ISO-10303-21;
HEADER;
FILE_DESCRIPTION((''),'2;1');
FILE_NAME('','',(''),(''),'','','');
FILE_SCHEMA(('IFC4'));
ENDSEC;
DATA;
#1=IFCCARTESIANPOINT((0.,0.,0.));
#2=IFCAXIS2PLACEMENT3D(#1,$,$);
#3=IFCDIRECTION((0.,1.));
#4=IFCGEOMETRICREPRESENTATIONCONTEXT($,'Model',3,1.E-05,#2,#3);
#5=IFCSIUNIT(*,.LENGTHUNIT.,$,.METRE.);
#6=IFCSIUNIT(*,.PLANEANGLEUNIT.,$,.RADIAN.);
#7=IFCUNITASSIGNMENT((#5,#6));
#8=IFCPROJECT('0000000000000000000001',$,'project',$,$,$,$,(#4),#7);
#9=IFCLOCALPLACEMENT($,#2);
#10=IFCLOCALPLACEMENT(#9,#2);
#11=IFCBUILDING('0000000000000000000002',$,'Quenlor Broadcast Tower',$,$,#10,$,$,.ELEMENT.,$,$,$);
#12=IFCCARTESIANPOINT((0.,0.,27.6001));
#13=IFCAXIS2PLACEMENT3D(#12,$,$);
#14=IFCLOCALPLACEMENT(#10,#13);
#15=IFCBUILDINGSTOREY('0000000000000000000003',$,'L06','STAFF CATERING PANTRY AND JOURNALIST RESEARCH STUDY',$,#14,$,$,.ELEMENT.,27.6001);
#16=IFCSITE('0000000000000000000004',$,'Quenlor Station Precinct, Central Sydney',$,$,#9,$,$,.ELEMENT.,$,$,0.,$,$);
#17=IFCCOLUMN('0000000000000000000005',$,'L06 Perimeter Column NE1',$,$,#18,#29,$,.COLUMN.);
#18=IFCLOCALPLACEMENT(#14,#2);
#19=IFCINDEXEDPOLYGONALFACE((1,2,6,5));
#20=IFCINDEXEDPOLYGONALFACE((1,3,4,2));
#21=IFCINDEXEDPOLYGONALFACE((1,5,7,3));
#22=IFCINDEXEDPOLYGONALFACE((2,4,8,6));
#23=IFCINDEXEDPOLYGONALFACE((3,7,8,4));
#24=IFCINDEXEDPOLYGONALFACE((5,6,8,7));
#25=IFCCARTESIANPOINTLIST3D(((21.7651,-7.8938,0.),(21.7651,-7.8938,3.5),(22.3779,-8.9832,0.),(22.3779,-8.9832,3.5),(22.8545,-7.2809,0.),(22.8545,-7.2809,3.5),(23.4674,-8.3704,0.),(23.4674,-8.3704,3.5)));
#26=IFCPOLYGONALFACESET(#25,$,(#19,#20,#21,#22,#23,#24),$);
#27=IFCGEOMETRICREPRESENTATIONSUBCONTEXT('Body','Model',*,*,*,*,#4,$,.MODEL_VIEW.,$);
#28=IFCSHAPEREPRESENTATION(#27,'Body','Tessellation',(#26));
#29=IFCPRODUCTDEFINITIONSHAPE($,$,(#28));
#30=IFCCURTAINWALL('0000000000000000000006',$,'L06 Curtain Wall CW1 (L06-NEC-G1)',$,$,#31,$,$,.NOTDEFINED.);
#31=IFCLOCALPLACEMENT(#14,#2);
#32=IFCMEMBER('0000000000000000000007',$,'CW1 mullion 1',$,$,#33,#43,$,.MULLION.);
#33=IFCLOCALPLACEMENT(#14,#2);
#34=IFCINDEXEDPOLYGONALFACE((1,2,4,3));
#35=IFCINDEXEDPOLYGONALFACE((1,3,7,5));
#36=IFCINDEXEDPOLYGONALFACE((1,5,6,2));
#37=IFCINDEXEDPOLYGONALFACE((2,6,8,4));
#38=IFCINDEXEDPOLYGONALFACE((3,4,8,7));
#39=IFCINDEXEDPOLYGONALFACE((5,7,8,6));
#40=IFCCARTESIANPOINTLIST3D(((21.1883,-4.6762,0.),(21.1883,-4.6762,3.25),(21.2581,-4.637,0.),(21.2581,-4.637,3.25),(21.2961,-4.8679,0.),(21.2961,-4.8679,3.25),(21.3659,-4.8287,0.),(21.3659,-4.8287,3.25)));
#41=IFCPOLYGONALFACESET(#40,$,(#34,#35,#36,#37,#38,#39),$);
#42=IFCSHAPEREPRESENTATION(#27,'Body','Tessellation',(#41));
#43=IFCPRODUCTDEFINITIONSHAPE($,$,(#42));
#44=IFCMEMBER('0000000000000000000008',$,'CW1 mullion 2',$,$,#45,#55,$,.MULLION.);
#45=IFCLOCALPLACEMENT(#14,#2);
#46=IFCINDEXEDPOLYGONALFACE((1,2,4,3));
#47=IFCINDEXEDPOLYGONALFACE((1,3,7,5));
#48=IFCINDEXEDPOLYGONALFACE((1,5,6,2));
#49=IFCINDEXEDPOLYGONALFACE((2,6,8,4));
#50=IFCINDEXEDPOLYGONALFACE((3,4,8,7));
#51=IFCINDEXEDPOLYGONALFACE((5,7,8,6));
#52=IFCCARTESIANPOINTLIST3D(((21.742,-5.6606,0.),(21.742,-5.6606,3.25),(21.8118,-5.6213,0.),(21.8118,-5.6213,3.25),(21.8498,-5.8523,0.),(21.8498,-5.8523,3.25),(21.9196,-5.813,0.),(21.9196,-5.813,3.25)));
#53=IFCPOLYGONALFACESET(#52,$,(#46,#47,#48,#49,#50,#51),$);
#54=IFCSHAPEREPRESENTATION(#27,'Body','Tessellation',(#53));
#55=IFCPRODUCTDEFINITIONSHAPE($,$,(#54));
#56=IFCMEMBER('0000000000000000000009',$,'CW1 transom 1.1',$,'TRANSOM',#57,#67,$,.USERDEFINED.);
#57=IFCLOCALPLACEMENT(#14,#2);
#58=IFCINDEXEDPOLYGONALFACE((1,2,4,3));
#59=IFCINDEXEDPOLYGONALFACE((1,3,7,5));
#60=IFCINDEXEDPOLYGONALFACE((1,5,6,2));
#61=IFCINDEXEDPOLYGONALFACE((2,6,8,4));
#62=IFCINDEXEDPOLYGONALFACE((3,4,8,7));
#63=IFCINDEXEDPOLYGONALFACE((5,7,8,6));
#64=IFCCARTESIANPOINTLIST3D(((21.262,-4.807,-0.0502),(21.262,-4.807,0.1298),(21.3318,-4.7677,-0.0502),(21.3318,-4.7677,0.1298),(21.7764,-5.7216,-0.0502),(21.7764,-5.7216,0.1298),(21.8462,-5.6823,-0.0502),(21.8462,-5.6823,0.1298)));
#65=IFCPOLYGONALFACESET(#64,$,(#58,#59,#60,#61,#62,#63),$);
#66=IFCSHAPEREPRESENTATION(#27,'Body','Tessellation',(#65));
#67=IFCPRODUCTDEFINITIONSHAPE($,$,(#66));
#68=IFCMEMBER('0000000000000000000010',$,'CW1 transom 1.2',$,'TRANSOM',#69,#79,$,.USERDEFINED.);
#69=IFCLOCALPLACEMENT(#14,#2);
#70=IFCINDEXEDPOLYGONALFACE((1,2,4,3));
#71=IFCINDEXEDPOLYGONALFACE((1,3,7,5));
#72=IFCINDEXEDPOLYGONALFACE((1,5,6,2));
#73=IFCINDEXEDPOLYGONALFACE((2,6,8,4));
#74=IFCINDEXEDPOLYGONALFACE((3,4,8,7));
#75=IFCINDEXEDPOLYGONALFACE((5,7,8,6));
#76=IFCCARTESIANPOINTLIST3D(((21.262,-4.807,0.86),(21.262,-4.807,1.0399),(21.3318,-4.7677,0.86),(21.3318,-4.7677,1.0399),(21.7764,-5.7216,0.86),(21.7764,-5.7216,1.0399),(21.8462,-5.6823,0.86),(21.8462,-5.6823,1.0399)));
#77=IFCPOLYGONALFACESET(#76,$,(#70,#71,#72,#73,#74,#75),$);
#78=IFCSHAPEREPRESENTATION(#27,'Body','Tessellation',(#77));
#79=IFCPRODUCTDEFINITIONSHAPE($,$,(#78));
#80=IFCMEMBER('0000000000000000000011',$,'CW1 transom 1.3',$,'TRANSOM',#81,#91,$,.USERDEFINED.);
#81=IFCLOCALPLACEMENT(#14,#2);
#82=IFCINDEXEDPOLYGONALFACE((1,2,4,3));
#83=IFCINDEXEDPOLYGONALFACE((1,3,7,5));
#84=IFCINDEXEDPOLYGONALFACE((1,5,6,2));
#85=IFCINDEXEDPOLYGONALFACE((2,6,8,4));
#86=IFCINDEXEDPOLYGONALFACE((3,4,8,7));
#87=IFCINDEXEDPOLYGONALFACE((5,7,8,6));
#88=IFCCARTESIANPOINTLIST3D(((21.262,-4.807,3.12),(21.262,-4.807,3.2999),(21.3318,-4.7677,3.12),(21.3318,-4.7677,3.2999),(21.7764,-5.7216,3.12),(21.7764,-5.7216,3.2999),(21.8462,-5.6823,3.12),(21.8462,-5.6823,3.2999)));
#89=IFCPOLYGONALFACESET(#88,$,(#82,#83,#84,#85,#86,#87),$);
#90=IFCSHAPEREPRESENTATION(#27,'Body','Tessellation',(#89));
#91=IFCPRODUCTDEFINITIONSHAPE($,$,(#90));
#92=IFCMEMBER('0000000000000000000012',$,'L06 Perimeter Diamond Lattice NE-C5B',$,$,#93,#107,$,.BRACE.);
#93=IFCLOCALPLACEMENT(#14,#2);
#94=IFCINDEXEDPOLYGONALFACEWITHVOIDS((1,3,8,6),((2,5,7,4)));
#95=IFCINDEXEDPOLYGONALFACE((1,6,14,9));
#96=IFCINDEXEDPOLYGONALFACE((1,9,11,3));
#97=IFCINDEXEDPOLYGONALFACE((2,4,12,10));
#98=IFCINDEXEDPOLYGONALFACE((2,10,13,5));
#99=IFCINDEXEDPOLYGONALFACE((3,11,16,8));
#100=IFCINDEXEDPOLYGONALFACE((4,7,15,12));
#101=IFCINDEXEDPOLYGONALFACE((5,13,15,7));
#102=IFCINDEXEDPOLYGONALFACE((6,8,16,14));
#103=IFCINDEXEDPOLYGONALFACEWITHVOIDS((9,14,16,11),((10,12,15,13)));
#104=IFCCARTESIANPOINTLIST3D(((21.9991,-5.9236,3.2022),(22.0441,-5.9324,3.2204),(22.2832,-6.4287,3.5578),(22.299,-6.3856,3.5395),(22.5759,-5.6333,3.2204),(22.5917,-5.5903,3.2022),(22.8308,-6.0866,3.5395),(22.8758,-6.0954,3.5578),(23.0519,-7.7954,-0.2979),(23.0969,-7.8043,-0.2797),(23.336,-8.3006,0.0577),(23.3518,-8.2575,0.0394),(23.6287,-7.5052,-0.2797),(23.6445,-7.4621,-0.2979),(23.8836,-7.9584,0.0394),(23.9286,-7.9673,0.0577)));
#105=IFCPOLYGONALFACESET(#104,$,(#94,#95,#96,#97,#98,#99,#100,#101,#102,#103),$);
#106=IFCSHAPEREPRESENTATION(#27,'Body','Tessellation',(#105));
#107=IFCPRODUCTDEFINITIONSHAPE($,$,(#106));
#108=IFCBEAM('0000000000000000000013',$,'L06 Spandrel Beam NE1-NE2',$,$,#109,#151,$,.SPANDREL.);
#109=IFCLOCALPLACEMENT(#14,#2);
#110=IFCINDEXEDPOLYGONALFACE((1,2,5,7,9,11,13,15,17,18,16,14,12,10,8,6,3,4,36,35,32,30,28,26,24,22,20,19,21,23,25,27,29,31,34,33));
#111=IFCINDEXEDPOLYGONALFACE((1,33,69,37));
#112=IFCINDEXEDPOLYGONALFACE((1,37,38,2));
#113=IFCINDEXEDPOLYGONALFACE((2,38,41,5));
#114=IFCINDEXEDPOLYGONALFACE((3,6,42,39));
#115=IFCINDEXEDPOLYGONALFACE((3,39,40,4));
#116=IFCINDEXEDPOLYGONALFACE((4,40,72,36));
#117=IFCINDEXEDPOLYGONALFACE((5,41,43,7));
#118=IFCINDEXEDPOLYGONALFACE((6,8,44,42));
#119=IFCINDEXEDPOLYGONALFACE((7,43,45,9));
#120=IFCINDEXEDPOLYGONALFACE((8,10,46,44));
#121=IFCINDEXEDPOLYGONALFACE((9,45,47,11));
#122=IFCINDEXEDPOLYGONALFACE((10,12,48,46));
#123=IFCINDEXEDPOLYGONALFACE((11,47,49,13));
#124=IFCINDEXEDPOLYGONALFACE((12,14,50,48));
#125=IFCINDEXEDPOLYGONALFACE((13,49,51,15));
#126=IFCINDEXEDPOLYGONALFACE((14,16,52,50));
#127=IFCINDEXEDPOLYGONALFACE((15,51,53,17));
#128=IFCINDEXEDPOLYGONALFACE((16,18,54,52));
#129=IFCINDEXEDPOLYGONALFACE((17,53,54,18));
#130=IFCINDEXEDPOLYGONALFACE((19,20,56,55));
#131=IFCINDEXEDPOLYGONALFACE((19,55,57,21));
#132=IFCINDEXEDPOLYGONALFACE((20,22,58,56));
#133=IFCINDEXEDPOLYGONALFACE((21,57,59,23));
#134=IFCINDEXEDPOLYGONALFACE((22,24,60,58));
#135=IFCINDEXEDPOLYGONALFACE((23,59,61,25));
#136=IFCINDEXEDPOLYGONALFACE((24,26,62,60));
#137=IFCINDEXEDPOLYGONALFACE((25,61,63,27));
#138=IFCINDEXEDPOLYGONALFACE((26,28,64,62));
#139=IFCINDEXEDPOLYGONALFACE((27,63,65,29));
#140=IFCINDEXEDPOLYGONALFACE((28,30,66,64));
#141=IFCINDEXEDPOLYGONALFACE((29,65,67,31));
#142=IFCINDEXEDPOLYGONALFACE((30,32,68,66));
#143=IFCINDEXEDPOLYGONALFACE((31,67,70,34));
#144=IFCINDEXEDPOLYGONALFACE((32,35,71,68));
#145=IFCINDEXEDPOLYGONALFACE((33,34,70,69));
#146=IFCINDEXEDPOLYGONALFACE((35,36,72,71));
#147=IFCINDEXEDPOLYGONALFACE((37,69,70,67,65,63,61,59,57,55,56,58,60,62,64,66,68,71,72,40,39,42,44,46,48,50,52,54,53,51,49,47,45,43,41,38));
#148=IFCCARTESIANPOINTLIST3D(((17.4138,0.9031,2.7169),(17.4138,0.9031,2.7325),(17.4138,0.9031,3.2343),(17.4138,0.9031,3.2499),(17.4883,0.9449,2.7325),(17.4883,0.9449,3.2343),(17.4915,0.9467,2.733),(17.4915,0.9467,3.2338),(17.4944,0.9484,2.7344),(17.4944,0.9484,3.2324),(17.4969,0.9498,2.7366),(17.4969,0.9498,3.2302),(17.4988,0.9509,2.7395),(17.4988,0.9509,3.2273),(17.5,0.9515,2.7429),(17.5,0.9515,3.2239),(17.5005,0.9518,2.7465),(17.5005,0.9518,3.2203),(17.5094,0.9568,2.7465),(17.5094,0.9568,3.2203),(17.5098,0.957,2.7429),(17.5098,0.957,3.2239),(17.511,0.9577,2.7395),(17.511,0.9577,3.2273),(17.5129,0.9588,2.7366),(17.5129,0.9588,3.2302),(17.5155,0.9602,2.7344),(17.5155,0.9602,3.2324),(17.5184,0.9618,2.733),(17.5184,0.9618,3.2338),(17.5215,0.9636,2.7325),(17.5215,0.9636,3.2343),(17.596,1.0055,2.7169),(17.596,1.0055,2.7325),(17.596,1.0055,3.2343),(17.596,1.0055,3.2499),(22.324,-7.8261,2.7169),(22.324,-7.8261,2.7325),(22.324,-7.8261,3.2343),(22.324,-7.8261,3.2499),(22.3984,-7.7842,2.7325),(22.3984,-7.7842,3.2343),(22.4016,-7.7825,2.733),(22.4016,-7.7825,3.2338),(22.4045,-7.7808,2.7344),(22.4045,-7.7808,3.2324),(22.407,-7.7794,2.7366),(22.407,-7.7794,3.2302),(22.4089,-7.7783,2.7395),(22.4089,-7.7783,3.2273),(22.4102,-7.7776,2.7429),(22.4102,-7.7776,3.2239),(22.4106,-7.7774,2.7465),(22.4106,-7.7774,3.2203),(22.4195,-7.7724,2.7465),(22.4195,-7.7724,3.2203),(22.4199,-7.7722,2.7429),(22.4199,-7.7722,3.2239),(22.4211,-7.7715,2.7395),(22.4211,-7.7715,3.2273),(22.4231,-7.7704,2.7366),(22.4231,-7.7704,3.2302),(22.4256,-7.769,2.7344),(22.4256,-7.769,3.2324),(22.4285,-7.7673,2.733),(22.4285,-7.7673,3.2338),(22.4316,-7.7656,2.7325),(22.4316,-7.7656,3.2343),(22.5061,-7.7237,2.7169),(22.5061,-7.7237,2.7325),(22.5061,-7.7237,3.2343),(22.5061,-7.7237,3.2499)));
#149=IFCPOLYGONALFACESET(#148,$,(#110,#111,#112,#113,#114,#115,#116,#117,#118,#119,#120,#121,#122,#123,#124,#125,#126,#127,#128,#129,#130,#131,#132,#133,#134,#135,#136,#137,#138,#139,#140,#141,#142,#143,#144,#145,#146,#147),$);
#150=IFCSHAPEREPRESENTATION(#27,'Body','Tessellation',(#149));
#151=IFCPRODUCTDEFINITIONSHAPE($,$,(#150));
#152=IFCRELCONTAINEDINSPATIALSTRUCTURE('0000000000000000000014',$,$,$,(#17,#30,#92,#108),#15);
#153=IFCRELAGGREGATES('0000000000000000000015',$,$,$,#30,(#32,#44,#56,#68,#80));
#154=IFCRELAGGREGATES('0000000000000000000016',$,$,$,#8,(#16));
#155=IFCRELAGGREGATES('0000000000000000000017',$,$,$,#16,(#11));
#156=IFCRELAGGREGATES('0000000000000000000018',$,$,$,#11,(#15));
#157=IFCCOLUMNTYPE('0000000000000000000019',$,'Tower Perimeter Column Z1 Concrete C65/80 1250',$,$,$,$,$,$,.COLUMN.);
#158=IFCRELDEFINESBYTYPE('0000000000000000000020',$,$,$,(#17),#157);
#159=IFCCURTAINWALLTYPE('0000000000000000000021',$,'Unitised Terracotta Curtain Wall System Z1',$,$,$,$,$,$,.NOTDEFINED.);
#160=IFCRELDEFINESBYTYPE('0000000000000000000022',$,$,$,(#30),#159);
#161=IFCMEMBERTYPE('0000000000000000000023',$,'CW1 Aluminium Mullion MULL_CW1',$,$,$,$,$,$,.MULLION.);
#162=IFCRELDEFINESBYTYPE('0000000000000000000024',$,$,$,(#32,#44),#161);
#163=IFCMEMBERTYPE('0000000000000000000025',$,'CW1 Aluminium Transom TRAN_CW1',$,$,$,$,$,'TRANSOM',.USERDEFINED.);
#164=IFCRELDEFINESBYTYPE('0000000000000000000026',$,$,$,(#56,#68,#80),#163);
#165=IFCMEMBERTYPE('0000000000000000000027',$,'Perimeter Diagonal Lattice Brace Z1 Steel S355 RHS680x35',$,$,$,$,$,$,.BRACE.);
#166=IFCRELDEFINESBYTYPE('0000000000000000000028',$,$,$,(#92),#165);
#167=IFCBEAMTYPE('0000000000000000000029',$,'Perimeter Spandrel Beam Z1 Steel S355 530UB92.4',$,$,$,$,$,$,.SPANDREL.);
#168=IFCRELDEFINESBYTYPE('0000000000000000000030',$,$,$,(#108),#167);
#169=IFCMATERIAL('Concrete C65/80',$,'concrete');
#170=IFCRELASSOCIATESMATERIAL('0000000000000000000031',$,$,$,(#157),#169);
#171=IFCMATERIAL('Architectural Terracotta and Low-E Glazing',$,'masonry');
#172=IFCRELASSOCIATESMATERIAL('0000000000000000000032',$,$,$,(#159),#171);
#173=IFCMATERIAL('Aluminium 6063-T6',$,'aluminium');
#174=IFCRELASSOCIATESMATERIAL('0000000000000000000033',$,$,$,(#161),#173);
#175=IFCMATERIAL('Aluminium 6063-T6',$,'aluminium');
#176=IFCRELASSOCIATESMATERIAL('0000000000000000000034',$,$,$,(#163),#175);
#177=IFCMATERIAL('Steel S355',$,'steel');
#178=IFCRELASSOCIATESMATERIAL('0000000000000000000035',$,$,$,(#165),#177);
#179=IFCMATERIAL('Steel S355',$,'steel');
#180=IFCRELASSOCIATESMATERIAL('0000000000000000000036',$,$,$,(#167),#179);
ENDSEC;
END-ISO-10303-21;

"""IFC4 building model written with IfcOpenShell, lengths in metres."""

from ifc_helpers import new_model, si_unit, direction, frame, origin, origin_2d, place, context, subcontext, project, spatial, rectangle, hollow_rectangle, i_section, extrude, material, material_profile, profile_set, type_object, element, aggregate, save


model = new_model("IFC4")

# Units and contexts
model_context = context("Model", 3, precision=1e-05, world=origin(), true_north=direction((0.0, 1.0)))
body_context = subcontext(model_context, "Body", "Model", "MODEL_VIEW")
ifc_project = project(units=[si_unit("LENGTHUNIT", "METRE"), si_unit("PLANEANGLEUNIT", "RADIAN")], contexts=[model_context])

# Site, building, storey
site_placement = place(None, origin())
site = spatial("IfcSite", under=ifc_project, at=site_placement, Name="Quenlor Station Precinct, Central Sydney", CompositionType="ELEMENT", RefElevation=0.0)
building_placement = place(site_placement, origin())
building = spatial("IfcBuilding", under=site, at=building_placement, Name="Quenlor Broadcast Tower", CompositionType="ELEMENT")
storey_placement = place(building_placement, frame((0.0, 0.0, 27.6001)))
storey = spatial("IfcBuildingStorey", under=building, at=storey_placement, Name="L06", Description="STAFF CATERING PANTRY AND JOURNALIST RESEARCH STUDY", CompositionType="ELEMENT", Elevation=27.6001)

# Column
ifc_material_1 = material(Name="Concrete C65/80", Category="concrete")
ifc_material_profile_1 = material_profile(ifc_material_1, rectangle(XDim=1.25, YDim=1.25, at=origin_2d()))
ifc_profile_set_1 = profile_set([ifc_material_profile_1], Name="Concrete C65/80 RC1250x1250")
column_type = type_object("IfcColumnType", Name="Tower Perimeter Column Z1 Concrete C65/80 1250", PredefinedType="COLUMN", material=ifc_profile_set_1)
column_placement = place(storey_placement, frame((22.6162, -8.1321, 0.0), z_axis=(0.0, 0.0, 1.0), x_axis=(0.871575, 0.490262, 0.0)))
element("IfcColumn", 1, at=column_placement, inside=storey, type_object=column_type, Name="L06 Perimeter Column NE1", PredefinedType="COLUMN", context=body_context, shape_type="SweptSolid", body=[
    extrude(rectangle(XDim=1.25, YDim=1.25, at=origin_2d()), origin(), (0.0, 0.0, 1.0), 3.5),
])

# Curtain wall, members
ifc_material_2 = material(Name="Architectural Terracotta and Low-E Glazing", Category="masonry")
curtain_wall_type = type_object("IfcCurtainWallType", Name="Unitised Terracotta Curtain Wall System Z1", PredefinedType="NOTDEFINED", material=ifc_material_2)
curtain_wall_placement = place(storey_placement, origin())
curtain_wall = element("IfcCurtainWall", 2, at=curtain_wall_placement, inside=storey, type_object=curtain_wall_type, Name="L06 Curtain Wall CW1 (L06-NEC-G1)", PredefinedType="NOTDEFINED")
ifc_material_3 = material(Name="Aluminium 6063-T6", Category="aluminium")
ifc_material_profile_2 = material_profile(ifc_material_3, rectangle(XDim=0.0801, YDim=0.22, at=origin_2d()))
ifc_profile_set_2 = profile_set([ifc_material_profile_2], Name="Aluminium 6063-T6 MULL80x220")
member_type_1 = type_object("IfcMemberType", Name="CW1 Aluminium Mullion MULL_CW1", PredefinedType="MULLION", material=ifc_profile_set_2)
member_1_placement = place(storey_placement, frame((21.2771, -4.7524, 0.0), z_axis=(0.0, 0.0, 1.0), x_axis=(0.871567, 0.490277, 0.0)))
member_1 = element("IfcMember", 3, at=member_1_placement, type_object=member_type_1, Name="CW1 mullion 1", PredefinedType="MULLION", context=body_context, shape_type="SweptSolid", body=[
    extrude(rectangle(XDim=0.0801, YDim=0.22, at=origin_2d()), origin(), (0.0, 0.0, 1.0), 3.25),
])
member_2_placement = place(storey_placement, frame((21.8308, -5.7368, 0.0), z_axis=(0.0, 0.0, 1.0), x_axis=(0.871567, 0.490277, 0.0)))
member_2 = element("IfcMember", 4, at=member_2_placement, type_object=member_type_1, Name="CW1 mullion 2", PredefinedType="MULLION", context=body_context, shape_type="SweptSolid", body=[
    extrude(rectangle(XDim=0.0801, YDim=0.22, at=origin_2d()), origin(), (0.0, 0.0, 1.0), 3.25),
])
ifc_material_4 = material(Name="Aluminium 6063-T6", Category="aluminium")
ifc_material_profile_3 = material_profile(ifc_material_4, rectangle(XDim=0.0801, YDim=0.1799, at=origin_2d()))
ifc_profile_set_3 = profile_set([ifc_material_profile_3], Name="Aluminium 6063-T6 TRAN80x180")
member_type_2 = type_object("IfcMemberType", Name="CW1 Aluminium Transom TRAN_CW1", ElementType="TRANSOM", PredefinedType="USERDEFINED", material=ifc_profile_set_3)
member_3_placement = place(storey_placement, frame((21.2969, -4.7874, 0.0398), z_axis=(0.490239, -0.871588, 0.0), x_axis=(0.871588, 0.490239, 0.0)))
member_3 = element("IfcMember", 5, at=member_3_placement, type_object=member_type_2, Name="CW1 transom 1.1", ObjectType="TRANSOM", PredefinedType="USERDEFINED", context=body_context, shape_type="SweptSolid", body=[
    extrude(rectangle(XDim=0.0801, YDim=0.1799, at=origin_2d()), origin(), (0.0, 0.0, 1.0), 1.0493),
])
member_4_placement = place(storey_placement, frame((21.2969, -4.7874, 0.95), z_axis=(0.490239, -0.871588, 0.0), x_axis=(0.871588, 0.490239, 0.0)))
member_4 = element("IfcMember", 6, at=member_4_placement, type_object=member_type_2, Name="CW1 transom 1.2", ObjectType="TRANSOM", PredefinedType="USERDEFINED", context=body_context, shape_type="SweptSolid", body=[
    extrude(rectangle(XDim=0.0801, YDim=0.1799, at=origin_2d()), origin(), (0.0, 0.0, 1.0), 1.0493),
])
member_5_placement = place(storey_placement, frame((21.2969, -4.7874, 3.21), z_axis=(0.490239, -0.871588, 0.0), x_axis=(0.871588, 0.490239, 0.0)))
member_5 = element("IfcMember", 7, at=member_5_placement, type_object=member_type_2, Name="CW1 transom 1.3", ObjectType="TRANSOM", PredefinedType="USERDEFINED", context=body_context, shape_type="SweptSolid", body=[
    extrude(rectangle(XDim=0.0801, YDim=0.1799, at=origin_2d()), origin(), (0.0, 0.0, 1.0), 1.0493),
])

# Member
ifc_material_5 = material(Name="Steel S355", Category="steel")
ifc_material_profile_4 = material_profile(ifc_material_5, hollow_rectangle(XDim=0.6799, YDim=0.6799, WallThickness=0.0349, at=origin_2d()))
ifc_profile_set_4 = profile_set([ifc_material_profile_4], Name="Steel S355 RHS680x680x35")
member_type_3 = type_object("IfcMemberType", Name="Perimeter Diagonal Lattice Brace Z1 Steel S355 RHS680x35", PredefinedType="BRACE", material=ifc_profile_set_4)
member_6_placement = place(storey_placement, frame((23.4902, -7.8813, -0.1201), z_axis=(-0.256368, 0.455839, 0.852342), x_axis=(-0.871609, -0.490202, 0.0)))
element("IfcMember", 8, at=member_6_placement, inside=storey, type_object=member_type_3, Name="L06 Perimeter Diamond Lattice NE-C5B", PredefinedType="BRACE", context=body_context, shape_type="SweptSolid", body=[
    extrude(hollow_rectangle(XDim=0.6799, YDim=0.6799, WallThickness=0.0349, at=origin_2d()), origin(), (0.0, 0.0, 1.0), 4.1064),
])

# Beam
ifc_material_6 = material(Name="Steel S355", Category="steel")
ifc_material_profile_5 = material_profile(ifc_material_6, i_section(OverallWidth=0.209, OverallDepth=0.533, WebThickness=0.0103, FlangeThickness=0.0156, FilletRadius=0.0139, at=origin_2d()))
ifc_profile_set_5 = profile_set([ifc_material_profile_5], Name="Steel S355 530UB92.4")
beam_type_1 = type_object("IfcBeamType", Name="Perimeter Spandrel Beam Z1 Steel S355 530UB92.4", PredefinedType="SPANDREL", material=ifc_profile_set_5)
beam_1_placement = place(storey_placement, frame((22.415, -7.7749, 2.9834), z_axis=(-0.490258, 0.871577, 0.0), x_axis=(-0.871577, -0.490258, 0.0)))
element("IfcBeam", 9, at=beam_1_placement, inside=storey, type_object=beam_type_1, Name="L06 Spandrel Beam NE1-NE2", PredefinedType="SPANDREL", context=body_context, shape_type="SweptSolid", body=[
    extrude(i_section(OverallWidth=0.209, OverallDepth=0.533, WebThickness=0.0103, FlangeThickness=0.0156, FilletRadius=0.0139, at=origin_2d()), origin(), (0.0, 0.0, 1.0), 10.0154),
])

aggregate(curtain_wall, [member_1, member_2, member_3, member_4, member_5])

save(model, "model.ifc")
